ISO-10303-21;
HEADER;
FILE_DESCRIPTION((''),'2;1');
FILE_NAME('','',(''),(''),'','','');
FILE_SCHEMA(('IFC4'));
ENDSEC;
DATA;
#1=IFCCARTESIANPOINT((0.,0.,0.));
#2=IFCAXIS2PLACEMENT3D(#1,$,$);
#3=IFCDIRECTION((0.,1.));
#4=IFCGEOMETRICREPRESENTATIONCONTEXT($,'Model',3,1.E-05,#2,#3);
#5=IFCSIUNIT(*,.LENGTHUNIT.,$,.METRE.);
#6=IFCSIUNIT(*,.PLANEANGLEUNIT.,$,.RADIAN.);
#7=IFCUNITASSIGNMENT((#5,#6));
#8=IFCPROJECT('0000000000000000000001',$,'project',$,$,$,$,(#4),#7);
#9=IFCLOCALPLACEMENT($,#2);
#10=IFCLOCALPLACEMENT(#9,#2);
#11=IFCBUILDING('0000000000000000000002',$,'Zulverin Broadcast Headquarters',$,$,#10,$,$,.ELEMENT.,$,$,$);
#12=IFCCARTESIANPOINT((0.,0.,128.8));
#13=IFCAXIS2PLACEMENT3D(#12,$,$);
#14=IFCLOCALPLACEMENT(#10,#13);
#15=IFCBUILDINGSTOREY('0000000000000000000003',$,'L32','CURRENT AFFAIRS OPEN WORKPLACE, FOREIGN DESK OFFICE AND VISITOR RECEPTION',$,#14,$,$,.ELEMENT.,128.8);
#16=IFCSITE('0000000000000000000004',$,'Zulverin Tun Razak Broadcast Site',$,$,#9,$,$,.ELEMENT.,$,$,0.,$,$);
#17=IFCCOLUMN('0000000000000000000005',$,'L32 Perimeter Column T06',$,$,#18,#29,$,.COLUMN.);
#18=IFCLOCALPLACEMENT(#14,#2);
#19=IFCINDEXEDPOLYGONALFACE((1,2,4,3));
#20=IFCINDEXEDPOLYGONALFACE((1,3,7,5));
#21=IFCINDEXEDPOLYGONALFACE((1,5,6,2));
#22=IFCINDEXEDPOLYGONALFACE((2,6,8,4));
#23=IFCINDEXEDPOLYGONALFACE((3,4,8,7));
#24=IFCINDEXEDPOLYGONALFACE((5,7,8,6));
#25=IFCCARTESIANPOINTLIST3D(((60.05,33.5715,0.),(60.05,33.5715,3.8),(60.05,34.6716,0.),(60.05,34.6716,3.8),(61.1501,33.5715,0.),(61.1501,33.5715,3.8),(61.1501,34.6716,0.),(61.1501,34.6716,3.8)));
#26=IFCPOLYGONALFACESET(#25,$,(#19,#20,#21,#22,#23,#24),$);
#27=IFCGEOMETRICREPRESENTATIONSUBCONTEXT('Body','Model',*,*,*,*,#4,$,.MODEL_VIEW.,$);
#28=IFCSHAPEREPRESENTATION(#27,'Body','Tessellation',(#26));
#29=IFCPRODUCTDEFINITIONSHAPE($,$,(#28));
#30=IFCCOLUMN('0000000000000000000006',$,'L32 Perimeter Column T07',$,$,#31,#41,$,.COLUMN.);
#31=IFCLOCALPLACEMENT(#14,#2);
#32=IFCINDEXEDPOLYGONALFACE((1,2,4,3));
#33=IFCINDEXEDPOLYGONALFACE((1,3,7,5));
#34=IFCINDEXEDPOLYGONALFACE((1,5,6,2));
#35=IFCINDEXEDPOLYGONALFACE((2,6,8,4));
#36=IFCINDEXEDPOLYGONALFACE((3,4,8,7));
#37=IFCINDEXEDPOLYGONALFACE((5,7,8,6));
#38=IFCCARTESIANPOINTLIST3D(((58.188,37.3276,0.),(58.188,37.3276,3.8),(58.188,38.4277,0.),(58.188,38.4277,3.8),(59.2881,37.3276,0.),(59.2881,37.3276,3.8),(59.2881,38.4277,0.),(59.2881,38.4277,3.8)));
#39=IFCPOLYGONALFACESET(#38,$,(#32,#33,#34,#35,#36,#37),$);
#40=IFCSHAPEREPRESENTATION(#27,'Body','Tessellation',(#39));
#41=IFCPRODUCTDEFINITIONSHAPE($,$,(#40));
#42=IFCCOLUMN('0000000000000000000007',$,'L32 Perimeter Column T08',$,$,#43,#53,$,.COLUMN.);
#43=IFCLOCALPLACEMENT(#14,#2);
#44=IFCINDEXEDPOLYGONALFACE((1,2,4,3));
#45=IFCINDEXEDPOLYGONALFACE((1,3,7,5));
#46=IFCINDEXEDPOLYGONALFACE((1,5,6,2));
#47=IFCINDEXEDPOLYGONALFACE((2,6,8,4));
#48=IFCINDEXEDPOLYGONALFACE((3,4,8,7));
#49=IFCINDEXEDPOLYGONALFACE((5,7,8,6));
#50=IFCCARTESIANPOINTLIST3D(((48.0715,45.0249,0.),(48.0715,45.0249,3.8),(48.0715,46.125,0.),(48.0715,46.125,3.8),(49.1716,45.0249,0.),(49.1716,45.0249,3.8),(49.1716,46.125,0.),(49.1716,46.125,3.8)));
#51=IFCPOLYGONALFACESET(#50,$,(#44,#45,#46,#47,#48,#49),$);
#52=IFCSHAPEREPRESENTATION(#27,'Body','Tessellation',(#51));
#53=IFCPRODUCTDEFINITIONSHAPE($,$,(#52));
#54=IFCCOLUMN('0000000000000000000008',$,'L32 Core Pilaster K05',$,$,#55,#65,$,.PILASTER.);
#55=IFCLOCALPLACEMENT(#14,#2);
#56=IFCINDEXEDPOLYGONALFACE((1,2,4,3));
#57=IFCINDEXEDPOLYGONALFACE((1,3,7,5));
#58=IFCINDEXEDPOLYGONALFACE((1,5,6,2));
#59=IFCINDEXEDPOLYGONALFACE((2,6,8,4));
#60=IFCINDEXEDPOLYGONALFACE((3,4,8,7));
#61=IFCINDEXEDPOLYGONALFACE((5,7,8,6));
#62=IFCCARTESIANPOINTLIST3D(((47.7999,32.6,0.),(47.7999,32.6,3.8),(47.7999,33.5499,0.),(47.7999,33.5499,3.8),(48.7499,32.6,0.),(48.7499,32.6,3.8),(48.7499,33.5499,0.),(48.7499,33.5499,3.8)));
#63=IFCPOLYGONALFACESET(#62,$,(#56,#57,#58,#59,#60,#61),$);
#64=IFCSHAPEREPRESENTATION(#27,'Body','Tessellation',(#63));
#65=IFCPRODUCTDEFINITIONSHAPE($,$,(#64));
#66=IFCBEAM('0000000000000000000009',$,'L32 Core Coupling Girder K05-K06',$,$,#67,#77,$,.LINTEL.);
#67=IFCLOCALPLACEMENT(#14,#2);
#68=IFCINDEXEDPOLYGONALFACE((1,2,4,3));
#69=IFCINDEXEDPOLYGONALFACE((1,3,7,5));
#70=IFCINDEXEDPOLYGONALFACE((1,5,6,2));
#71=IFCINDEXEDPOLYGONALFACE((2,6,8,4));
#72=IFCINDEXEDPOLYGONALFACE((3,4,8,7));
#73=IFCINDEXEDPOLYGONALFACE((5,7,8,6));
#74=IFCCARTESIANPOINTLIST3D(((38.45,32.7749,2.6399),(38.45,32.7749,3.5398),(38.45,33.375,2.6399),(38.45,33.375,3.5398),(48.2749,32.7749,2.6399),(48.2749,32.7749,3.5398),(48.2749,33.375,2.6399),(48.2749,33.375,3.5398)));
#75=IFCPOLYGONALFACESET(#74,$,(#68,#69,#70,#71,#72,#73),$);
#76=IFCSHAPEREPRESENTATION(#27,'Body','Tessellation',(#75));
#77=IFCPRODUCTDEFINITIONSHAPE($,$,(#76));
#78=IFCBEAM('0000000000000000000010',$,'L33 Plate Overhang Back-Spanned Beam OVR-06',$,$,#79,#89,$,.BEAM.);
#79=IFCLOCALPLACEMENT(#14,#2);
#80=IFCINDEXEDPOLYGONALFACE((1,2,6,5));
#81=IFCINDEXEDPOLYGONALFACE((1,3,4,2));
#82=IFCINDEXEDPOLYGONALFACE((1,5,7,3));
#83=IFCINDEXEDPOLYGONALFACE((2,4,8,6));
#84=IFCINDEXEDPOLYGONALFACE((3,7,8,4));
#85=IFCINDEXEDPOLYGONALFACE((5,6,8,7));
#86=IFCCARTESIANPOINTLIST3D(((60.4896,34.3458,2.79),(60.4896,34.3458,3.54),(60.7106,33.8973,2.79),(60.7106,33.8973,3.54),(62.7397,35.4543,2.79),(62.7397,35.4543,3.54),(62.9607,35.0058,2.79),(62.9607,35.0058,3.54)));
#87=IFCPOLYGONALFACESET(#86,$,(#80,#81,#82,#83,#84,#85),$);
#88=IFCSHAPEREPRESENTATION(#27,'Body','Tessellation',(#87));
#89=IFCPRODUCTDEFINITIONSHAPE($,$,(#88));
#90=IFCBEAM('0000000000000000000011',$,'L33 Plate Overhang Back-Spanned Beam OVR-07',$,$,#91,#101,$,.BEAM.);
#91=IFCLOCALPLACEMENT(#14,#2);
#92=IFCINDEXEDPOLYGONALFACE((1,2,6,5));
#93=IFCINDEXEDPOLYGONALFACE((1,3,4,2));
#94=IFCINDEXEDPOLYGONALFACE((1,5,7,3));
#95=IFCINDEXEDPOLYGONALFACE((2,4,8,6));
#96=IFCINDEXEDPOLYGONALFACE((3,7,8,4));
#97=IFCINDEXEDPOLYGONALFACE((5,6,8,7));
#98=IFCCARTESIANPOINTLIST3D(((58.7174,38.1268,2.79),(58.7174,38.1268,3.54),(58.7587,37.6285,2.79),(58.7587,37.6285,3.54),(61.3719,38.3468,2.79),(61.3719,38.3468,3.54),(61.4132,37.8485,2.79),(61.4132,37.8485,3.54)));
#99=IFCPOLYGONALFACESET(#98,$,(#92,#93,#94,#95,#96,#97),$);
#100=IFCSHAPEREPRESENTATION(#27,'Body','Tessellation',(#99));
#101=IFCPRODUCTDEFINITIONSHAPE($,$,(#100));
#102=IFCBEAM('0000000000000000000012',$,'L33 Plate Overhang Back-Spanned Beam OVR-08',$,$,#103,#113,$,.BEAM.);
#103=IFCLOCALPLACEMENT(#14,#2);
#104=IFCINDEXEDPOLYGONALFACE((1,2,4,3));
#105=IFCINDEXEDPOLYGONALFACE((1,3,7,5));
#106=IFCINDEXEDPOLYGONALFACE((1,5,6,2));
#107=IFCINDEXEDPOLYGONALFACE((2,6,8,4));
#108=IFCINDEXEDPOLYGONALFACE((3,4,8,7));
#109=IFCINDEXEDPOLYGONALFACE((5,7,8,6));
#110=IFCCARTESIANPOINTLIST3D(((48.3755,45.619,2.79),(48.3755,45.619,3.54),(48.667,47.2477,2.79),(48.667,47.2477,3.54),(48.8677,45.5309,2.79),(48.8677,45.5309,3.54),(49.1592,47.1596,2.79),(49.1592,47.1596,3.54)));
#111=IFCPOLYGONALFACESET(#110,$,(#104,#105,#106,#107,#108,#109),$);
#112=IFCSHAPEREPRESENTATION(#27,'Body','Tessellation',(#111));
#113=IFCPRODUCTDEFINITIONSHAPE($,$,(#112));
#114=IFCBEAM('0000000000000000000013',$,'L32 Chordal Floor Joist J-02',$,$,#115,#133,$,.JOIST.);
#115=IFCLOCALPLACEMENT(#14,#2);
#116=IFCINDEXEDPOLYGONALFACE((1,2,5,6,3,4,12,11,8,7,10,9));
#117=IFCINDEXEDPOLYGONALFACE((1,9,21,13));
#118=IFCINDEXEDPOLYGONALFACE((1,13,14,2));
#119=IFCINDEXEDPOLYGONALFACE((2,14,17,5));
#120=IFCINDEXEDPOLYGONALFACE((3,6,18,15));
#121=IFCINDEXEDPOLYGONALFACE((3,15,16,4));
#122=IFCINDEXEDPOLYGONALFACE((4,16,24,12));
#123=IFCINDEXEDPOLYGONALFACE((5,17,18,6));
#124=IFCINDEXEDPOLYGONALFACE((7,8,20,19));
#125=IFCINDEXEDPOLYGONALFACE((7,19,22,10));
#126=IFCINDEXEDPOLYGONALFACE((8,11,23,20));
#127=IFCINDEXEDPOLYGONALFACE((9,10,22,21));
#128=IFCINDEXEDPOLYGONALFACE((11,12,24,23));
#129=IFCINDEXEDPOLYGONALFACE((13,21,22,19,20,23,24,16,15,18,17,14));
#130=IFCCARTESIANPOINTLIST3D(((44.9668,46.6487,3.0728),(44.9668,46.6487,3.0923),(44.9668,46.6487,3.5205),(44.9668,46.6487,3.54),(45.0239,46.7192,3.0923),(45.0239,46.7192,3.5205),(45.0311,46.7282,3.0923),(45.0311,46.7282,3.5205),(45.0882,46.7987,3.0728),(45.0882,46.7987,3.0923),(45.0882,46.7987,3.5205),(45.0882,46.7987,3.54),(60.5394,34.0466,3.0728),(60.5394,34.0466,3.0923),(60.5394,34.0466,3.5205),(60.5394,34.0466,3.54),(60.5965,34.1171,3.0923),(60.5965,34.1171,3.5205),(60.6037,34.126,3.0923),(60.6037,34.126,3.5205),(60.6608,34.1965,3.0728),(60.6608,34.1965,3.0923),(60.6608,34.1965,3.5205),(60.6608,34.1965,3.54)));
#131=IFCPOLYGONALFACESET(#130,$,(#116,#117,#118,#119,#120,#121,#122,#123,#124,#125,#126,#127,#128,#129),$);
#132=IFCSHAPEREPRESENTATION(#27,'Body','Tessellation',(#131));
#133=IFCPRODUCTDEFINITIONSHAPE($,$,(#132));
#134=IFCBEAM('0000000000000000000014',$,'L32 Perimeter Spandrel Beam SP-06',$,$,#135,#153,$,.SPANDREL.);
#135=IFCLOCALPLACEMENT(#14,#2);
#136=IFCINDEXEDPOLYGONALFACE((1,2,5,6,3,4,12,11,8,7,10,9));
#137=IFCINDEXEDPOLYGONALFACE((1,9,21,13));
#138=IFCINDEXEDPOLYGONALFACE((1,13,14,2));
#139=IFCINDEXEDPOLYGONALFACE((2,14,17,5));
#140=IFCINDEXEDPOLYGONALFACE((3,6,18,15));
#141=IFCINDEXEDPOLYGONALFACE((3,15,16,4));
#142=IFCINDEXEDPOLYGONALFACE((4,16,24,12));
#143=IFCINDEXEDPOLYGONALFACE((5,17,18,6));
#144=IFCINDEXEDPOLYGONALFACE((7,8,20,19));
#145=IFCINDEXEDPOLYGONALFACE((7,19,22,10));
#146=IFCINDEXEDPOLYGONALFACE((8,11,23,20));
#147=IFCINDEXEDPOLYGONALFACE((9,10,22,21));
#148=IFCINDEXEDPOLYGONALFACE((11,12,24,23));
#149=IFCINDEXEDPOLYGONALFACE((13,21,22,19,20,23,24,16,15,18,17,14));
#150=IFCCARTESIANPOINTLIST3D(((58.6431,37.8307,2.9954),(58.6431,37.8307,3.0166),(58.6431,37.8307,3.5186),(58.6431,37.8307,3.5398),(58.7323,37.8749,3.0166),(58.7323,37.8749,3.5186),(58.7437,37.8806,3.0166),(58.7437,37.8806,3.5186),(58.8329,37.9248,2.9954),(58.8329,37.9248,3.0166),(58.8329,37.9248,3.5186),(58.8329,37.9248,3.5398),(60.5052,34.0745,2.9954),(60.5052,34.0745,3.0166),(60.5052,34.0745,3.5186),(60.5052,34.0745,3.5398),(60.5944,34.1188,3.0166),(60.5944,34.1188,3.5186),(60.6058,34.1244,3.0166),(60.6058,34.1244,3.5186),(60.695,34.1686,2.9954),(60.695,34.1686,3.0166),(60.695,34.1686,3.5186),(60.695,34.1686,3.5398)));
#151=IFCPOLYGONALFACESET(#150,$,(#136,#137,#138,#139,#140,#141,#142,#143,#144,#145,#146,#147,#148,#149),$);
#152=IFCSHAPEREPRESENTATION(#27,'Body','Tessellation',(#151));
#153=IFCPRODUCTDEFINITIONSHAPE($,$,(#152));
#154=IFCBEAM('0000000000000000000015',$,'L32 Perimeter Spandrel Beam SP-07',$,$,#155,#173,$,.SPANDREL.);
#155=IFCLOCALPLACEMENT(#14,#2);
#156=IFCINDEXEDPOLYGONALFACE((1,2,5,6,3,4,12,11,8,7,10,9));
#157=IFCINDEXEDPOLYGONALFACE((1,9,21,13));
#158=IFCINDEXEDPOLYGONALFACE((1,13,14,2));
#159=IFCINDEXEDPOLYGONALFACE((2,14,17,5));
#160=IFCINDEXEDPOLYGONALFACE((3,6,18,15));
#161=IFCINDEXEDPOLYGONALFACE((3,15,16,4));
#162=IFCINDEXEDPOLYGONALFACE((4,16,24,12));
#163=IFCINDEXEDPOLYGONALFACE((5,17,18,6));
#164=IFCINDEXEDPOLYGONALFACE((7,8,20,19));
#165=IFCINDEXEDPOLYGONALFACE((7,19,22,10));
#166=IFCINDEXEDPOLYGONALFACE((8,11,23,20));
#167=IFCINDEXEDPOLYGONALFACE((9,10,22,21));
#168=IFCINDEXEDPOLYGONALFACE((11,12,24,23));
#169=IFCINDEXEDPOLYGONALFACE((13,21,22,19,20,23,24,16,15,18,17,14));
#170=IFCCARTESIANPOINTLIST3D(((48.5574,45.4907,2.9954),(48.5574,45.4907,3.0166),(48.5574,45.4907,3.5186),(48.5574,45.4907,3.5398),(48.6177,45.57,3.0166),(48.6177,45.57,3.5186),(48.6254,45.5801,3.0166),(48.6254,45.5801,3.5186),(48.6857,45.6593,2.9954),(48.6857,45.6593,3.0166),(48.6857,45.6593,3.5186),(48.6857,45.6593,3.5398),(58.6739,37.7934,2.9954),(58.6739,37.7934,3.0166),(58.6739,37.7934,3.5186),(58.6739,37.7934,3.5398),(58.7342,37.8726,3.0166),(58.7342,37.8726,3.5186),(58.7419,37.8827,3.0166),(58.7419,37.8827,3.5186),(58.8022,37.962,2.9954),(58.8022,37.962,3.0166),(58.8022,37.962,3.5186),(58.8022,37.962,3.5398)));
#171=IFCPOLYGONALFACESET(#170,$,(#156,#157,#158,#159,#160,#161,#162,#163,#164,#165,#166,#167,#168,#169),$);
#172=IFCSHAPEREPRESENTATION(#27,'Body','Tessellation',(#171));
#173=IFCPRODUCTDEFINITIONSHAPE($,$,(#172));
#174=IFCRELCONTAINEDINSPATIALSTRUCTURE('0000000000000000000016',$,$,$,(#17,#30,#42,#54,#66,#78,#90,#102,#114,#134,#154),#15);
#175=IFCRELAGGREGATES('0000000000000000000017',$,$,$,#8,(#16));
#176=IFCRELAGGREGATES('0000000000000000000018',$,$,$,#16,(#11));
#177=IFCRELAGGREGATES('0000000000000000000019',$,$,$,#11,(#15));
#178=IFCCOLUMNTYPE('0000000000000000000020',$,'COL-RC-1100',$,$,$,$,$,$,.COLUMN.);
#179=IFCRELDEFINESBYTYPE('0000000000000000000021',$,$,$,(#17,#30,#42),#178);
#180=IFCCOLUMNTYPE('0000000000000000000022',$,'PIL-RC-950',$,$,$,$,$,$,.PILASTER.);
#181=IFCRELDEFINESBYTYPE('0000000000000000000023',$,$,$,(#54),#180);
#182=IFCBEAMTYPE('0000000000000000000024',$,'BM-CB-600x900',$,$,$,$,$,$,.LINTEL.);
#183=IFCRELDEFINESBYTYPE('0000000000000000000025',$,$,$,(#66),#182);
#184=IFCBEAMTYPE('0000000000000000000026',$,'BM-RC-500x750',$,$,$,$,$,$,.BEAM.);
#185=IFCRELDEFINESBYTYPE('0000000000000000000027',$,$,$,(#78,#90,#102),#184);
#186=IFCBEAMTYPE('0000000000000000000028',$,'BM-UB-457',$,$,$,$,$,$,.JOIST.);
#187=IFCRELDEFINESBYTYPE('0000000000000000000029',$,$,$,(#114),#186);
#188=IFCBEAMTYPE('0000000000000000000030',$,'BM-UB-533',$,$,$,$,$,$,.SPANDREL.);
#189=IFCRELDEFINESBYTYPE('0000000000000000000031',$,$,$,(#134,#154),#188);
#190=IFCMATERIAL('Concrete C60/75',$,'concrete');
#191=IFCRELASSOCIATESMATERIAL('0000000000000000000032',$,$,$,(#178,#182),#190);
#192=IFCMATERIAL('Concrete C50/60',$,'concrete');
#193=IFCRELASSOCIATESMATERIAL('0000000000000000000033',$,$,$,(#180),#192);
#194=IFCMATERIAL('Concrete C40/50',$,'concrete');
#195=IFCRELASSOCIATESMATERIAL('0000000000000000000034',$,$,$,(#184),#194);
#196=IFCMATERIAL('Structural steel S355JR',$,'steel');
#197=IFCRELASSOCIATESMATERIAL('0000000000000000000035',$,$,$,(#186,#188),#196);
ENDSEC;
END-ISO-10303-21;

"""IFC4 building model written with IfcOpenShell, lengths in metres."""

from ifc_helpers import new_model, si_unit, direction, frame, origin, origin_2d, place, context, subcontext, project, spatial, rectangle, i_section, extrude, material, material_profile, profile_set, type_object, element, save


model = new_model("IFC4")

# Units and contexts
model_context = context("Model", 3, precision=1e-05, world=origin(), true_north=direction((0.0, 1.0)))
body_context = subcontext(model_context, "Body", "Model", "MODEL_VIEW")
ifc_project = project(units=[si_unit("LENGTHUNIT", "METRE"), si_unit("PLANEANGLEUNIT", "RADIAN")], contexts=[model_context])

# Site, building, storey
site_placement = place(None, origin())
site = spatial("IfcSite", under=ifc_project, at=site_placement, Name="Zulverin Tun Razak Broadcast Site", CompositionType="ELEMENT", RefElevation=0.0)
building_placement = place(site_placement, origin())
building = spatial("IfcBuilding", under=site, at=building_placement, Name="Zulverin Broadcast Headquarters", CompositionType="ELEMENT")
storey_placement = place(building_placement, frame((0.0, 0.0, 128.8)))
storey = spatial("IfcBuildingStorey", under=building, at=storey_placement, Name="L32", Description="CURRENT AFFAIRS OPEN WORKPLACE, FOREIGN DESK OFFICE AND VISITOR RECEPTION", CompositionType="ELEMENT", Elevation=128.8)

# Columns
ifc_material_1 = material(Name="Concrete C60/75", Category="concrete")
ifc_material_profile_1 = material_profile(ifc_material_1, rectangle(XDim=1.1001, YDim=1.1001, at=origin_2d()), Name="Concrete C60/75", Category="concrete")
ifc_profile_set_1 = profile_set([ifc_material_profile_1], Name="Concrete C60/75")
column_type_1 = type_object("IfcColumnType", Name="COL-RC-1100", PredefinedType="COLUMN", material=ifc_profile_set_1)
for number, where, z_axis, x_axis, name in (
    (1, (60.6001, 34.1216, 0.0), (0.0, 0.0, 1.0), (1.0, 0.0, 0.0), "L32 Perimeter Column T06"),
    (2, (58.738, 37.8777, 0.0), (0.0, 0.0, 1.0), (1.0, 0.0, 0.0), "L32 Perimeter Column T07"),
    (3, (48.6216, 45.575, 0.0), (0.0, 0.0, 1.0), (1.0, 0.0, 0.0), "L32 Perimeter Column T08"),
):
    element("IfcColumn", number, at=place(storey_placement, frame(where, z_axis=z_axis, x_axis=x_axis)), inside=storey, type_object=column_type_1, Name=name, PredefinedType="COLUMN", context=body_context, shape_type="SweptSolid", body=[
        extrude(rectangle(XDim=1.1001, YDim=1.1001, at=origin_2d()), origin(), (0.0, 0.0, 1.0), 3.8),
    ])
ifc_material_2 = material(Name="Concrete C50/60", Category="concrete")
ifc_material_profile_2 = material_profile(ifc_material_2, rectangle(XDim=0.95, YDim=0.95, at=origin_2d()), Name="Concrete C50/60", Category="concrete")
ifc_profile_set_2 = profile_set([ifc_material_profile_2], Name="Concrete C50/60")
column_type_2 = type_object("IfcColumnType", Name="PIL-RC-950", PredefinedType="PILASTER", material=ifc_profile_set_2)
column_placement = place(storey_placement, frame((48.2749, 33.075, 0.0), z_axis=(0.0, 0.0, 1.0), x_axis=(1.0, 0.0, 0.0)))
element("IfcColumn", 4, at=column_placement, inside=storey, type_object=column_type_2, Name="L32 Core Pilaster K05", PredefinedType="PILASTER", context=body_context, shape_type="SweptSolid", body=[
    extrude(rectangle(XDim=0.95, YDim=0.95, at=origin_2d()), origin(), (0.0, 0.0, 1.0), 3.8),
])

# Beams
ifc_material_profile_3 = material_profile(ifc_material_1, rectangle(XDim=0.6001, YDim=0.8999, at=origin_2d()), Name="Concrete C60/75", Category="concrete")
ifc_profile_set_3 = profile_set([ifc_material_profile_3], Name="Concrete C60/75")
beam_type_1 = type_object("IfcBeamType", Name="BM-CB-600x900", PredefinedType="LINTEL", material=ifc_profile_set_3)
beam_1_placement = place(storey_placement, frame((48.2749, 33.075, 3.0898), z_axis=(-1.0, 0.0, 0.0), x_axis=(0.0, -1.0, 0.0)))
element("IfcBeam", 5, at=beam_1_placement, inside=storey, type_object=beam_type_1, Name="L32 Core Coupling Girder K05-K06", PredefinedType="LINTEL", context=body_context, shape_type="SweptSolid", body=[
    extrude(rectangle(XDim=0.6001, YDim=0.8999, at=origin_2d()), origin(), (0.0, 0.0, 1.0), 9.825),
])
ifc_material_3 = material(Name="Concrete C40/50", Category="concrete")
ifc_material_profile_4 = material_profile(ifc_material_3, rectangle(XDim=0.5, YDim=0.75, at=origin_2d()), Name="Concrete C40/50", Category="concrete")
ifc_profile_set_4 = profile_set([ifc_material_profile_4], Name="Concrete C40/50")
beam_type_2 = type_object("IfcBeamType", Name="BM-RC-500x750", PredefinedType="BEAM", material=ifc_profile_set_4)
beam_2_placement = place(storey_placement, frame((60.6001, 34.1216, 3.165), z_axis=(0.897059, 0.441911, 0.0), x_axis=(-0.441911, 0.897059, 0.0)))
element("IfcBeam", 6, at=beam_2_placement, inside=storey, type_object=beam_type_2, Name="L33 Plate Overhang Back-Spanned Beam OVR-06", PredefinedType="BEAM", context=body_context, shape_type="SweptSolid", body=[
    extrude(rectangle(XDim=0.5, YDim=0.75, at=origin_2d()), origin(), (0.0, 0.0, 1.0), 2.5083),
])
beam_3_placement = place(storey_placement, frame((58.738, 37.8777, 3.165), z_axis=(0.996584, 0.082583, 0.0), x_axis=(-0.082583, 0.996584, 0.0)))
element("IfcBeam", 7, at=beam_3_placement, inside=storey, type_object=beam_type_2, Name="L33 Plate Overhang Back-Spanned Beam OVR-07", PredefinedType="BEAM", context=body_context, shape_type="SweptSolid", body=[
    extrude(rectangle(XDim=0.5, YDim=0.75, at=origin_2d()), origin(), (0.0, 0.0, 1.0), 2.6636),
])
beam_4_placement = place(storey_placement, frame((48.6216, 45.575, 3.165), z_axis=(0.176184, 0.984357, 0.0), x_axis=(-0.984357, 0.176184, 0.0)))
element("IfcBeam", 8, at=beam_4_placement, inside=storey, type_object=beam_type_2, Name="L33 Plate Overhang Back-Spanned Beam OVR-08", PredefinedType="BEAM", context=body_context, shape_type="SweptSolid", body=[
    extrude(rectangle(XDim=0.5, YDim=0.75, at=origin_2d()), origin(), (0.0, 0.0, 1.0), 1.6545),
])
ifc_material_4 = material(Name="Structural steel S355JR", Category="steel")
ifc_material_profile_5 = material_profile(ifc_material_4, i_section(OverallWidth=0.1929, OverallDepth=0.4673, WebThickness=0.0115, FlangeThickness=0.0195, at=origin_2d()), Name="Structural steel S355JR", Category="steel")
ifc_profile_set_5 = profile_set([ifc_material_profile_5], Name="Structural steel S355JR")
beam_type_3 = type_object("IfcBeamType", Name="BM-UB-457", PredefinedType="JOIST", material=ifc_profile_set_5)
beam_5_placement = place(storey_placement, frame((60.6001, 34.1216, 3.3064), z_axis=(-0.777349, 0.62907, 0.0), x_axis=(-0.62907, -0.777349, 0.0)))
element("IfcBeam", 9, at=beam_5_placement, inside=storey, type_object=beam_type_3, Name="L32 Chordal Floor Joist J-02", PredefinedType="JOIST", context=body_context, shape_type="SweptSolid", body=[
    extrude(i_section(OverallWidth=0.1929, OverallDepth=0.4673, WebThickness=0.0115, FlangeThickness=0.0195, at=origin_2d()), origin(), (0.0, 0.0, 1.0), 20.033),
])
ifc_material_profile_6 = material_profile(ifc_material_4, i_section(OverallWidth=0.2119, OverallDepth=0.5444, WebThickness=0.0127, FlangeThickness=0.0212, at=origin_2d()), Name="Structural steel S355JR", Category="steel")
ifc_profile_set_6 = profile_set([ifc_material_profile_6], Name="Structural steel S355JR")
beam_type_4 = type_object("IfcBeamType", Name="BM-UB-533", PredefinedType="SPANDREL", material=ifc_profile_set_6)
beam_6_placement = place(storey_placement, frame((60.6001, 34.1216, 3.2676), z_axis=(-0.444159, 0.895948, 0.0), x_axis=(-0.895948, -0.444159, 0.0)))
element("IfcBeam", 10, at=beam_6_placement, inside=storey, type_object=beam_type_4, Name="L32 Perimeter Spandrel Beam SP-06", PredefinedType="SPANDREL", context=body_context, shape_type="SweptSolid", body=[
    extrude(i_section(OverallWidth=0.2119, OverallDepth=0.5444, WebThickness=0.0127, FlangeThickness=0.0212, at=origin_2d()), origin(), (0.0, 0.0, 1.0), 4.1924),
])
beam_7_placement = place(storey_placement, frame((58.738, 37.8777, 3.2676), z_axis=(-0.79583, 0.60552, 0.0), x_axis=(-0.60552, -0.79583, 0.0)))
element("IfcBeam", 11, at=beam_7_placement, inside=storey, type_object=beam_type_4, Name="L32 Perimeter Spandrel Beam SP-07", PredefinedType="SPANDREL", context=body_context, shape_type="SweptSolid", body=[
    extrude(i_section(OverallWidth=0.2119, OverallDepth=0.5444, WebThickness=0.0127, FlangeThickness=0.0212, at=origin_2d()), origin(), (0.0, 0.0, 1.0), 12.7119),
])

save(model, "model.ifc")
